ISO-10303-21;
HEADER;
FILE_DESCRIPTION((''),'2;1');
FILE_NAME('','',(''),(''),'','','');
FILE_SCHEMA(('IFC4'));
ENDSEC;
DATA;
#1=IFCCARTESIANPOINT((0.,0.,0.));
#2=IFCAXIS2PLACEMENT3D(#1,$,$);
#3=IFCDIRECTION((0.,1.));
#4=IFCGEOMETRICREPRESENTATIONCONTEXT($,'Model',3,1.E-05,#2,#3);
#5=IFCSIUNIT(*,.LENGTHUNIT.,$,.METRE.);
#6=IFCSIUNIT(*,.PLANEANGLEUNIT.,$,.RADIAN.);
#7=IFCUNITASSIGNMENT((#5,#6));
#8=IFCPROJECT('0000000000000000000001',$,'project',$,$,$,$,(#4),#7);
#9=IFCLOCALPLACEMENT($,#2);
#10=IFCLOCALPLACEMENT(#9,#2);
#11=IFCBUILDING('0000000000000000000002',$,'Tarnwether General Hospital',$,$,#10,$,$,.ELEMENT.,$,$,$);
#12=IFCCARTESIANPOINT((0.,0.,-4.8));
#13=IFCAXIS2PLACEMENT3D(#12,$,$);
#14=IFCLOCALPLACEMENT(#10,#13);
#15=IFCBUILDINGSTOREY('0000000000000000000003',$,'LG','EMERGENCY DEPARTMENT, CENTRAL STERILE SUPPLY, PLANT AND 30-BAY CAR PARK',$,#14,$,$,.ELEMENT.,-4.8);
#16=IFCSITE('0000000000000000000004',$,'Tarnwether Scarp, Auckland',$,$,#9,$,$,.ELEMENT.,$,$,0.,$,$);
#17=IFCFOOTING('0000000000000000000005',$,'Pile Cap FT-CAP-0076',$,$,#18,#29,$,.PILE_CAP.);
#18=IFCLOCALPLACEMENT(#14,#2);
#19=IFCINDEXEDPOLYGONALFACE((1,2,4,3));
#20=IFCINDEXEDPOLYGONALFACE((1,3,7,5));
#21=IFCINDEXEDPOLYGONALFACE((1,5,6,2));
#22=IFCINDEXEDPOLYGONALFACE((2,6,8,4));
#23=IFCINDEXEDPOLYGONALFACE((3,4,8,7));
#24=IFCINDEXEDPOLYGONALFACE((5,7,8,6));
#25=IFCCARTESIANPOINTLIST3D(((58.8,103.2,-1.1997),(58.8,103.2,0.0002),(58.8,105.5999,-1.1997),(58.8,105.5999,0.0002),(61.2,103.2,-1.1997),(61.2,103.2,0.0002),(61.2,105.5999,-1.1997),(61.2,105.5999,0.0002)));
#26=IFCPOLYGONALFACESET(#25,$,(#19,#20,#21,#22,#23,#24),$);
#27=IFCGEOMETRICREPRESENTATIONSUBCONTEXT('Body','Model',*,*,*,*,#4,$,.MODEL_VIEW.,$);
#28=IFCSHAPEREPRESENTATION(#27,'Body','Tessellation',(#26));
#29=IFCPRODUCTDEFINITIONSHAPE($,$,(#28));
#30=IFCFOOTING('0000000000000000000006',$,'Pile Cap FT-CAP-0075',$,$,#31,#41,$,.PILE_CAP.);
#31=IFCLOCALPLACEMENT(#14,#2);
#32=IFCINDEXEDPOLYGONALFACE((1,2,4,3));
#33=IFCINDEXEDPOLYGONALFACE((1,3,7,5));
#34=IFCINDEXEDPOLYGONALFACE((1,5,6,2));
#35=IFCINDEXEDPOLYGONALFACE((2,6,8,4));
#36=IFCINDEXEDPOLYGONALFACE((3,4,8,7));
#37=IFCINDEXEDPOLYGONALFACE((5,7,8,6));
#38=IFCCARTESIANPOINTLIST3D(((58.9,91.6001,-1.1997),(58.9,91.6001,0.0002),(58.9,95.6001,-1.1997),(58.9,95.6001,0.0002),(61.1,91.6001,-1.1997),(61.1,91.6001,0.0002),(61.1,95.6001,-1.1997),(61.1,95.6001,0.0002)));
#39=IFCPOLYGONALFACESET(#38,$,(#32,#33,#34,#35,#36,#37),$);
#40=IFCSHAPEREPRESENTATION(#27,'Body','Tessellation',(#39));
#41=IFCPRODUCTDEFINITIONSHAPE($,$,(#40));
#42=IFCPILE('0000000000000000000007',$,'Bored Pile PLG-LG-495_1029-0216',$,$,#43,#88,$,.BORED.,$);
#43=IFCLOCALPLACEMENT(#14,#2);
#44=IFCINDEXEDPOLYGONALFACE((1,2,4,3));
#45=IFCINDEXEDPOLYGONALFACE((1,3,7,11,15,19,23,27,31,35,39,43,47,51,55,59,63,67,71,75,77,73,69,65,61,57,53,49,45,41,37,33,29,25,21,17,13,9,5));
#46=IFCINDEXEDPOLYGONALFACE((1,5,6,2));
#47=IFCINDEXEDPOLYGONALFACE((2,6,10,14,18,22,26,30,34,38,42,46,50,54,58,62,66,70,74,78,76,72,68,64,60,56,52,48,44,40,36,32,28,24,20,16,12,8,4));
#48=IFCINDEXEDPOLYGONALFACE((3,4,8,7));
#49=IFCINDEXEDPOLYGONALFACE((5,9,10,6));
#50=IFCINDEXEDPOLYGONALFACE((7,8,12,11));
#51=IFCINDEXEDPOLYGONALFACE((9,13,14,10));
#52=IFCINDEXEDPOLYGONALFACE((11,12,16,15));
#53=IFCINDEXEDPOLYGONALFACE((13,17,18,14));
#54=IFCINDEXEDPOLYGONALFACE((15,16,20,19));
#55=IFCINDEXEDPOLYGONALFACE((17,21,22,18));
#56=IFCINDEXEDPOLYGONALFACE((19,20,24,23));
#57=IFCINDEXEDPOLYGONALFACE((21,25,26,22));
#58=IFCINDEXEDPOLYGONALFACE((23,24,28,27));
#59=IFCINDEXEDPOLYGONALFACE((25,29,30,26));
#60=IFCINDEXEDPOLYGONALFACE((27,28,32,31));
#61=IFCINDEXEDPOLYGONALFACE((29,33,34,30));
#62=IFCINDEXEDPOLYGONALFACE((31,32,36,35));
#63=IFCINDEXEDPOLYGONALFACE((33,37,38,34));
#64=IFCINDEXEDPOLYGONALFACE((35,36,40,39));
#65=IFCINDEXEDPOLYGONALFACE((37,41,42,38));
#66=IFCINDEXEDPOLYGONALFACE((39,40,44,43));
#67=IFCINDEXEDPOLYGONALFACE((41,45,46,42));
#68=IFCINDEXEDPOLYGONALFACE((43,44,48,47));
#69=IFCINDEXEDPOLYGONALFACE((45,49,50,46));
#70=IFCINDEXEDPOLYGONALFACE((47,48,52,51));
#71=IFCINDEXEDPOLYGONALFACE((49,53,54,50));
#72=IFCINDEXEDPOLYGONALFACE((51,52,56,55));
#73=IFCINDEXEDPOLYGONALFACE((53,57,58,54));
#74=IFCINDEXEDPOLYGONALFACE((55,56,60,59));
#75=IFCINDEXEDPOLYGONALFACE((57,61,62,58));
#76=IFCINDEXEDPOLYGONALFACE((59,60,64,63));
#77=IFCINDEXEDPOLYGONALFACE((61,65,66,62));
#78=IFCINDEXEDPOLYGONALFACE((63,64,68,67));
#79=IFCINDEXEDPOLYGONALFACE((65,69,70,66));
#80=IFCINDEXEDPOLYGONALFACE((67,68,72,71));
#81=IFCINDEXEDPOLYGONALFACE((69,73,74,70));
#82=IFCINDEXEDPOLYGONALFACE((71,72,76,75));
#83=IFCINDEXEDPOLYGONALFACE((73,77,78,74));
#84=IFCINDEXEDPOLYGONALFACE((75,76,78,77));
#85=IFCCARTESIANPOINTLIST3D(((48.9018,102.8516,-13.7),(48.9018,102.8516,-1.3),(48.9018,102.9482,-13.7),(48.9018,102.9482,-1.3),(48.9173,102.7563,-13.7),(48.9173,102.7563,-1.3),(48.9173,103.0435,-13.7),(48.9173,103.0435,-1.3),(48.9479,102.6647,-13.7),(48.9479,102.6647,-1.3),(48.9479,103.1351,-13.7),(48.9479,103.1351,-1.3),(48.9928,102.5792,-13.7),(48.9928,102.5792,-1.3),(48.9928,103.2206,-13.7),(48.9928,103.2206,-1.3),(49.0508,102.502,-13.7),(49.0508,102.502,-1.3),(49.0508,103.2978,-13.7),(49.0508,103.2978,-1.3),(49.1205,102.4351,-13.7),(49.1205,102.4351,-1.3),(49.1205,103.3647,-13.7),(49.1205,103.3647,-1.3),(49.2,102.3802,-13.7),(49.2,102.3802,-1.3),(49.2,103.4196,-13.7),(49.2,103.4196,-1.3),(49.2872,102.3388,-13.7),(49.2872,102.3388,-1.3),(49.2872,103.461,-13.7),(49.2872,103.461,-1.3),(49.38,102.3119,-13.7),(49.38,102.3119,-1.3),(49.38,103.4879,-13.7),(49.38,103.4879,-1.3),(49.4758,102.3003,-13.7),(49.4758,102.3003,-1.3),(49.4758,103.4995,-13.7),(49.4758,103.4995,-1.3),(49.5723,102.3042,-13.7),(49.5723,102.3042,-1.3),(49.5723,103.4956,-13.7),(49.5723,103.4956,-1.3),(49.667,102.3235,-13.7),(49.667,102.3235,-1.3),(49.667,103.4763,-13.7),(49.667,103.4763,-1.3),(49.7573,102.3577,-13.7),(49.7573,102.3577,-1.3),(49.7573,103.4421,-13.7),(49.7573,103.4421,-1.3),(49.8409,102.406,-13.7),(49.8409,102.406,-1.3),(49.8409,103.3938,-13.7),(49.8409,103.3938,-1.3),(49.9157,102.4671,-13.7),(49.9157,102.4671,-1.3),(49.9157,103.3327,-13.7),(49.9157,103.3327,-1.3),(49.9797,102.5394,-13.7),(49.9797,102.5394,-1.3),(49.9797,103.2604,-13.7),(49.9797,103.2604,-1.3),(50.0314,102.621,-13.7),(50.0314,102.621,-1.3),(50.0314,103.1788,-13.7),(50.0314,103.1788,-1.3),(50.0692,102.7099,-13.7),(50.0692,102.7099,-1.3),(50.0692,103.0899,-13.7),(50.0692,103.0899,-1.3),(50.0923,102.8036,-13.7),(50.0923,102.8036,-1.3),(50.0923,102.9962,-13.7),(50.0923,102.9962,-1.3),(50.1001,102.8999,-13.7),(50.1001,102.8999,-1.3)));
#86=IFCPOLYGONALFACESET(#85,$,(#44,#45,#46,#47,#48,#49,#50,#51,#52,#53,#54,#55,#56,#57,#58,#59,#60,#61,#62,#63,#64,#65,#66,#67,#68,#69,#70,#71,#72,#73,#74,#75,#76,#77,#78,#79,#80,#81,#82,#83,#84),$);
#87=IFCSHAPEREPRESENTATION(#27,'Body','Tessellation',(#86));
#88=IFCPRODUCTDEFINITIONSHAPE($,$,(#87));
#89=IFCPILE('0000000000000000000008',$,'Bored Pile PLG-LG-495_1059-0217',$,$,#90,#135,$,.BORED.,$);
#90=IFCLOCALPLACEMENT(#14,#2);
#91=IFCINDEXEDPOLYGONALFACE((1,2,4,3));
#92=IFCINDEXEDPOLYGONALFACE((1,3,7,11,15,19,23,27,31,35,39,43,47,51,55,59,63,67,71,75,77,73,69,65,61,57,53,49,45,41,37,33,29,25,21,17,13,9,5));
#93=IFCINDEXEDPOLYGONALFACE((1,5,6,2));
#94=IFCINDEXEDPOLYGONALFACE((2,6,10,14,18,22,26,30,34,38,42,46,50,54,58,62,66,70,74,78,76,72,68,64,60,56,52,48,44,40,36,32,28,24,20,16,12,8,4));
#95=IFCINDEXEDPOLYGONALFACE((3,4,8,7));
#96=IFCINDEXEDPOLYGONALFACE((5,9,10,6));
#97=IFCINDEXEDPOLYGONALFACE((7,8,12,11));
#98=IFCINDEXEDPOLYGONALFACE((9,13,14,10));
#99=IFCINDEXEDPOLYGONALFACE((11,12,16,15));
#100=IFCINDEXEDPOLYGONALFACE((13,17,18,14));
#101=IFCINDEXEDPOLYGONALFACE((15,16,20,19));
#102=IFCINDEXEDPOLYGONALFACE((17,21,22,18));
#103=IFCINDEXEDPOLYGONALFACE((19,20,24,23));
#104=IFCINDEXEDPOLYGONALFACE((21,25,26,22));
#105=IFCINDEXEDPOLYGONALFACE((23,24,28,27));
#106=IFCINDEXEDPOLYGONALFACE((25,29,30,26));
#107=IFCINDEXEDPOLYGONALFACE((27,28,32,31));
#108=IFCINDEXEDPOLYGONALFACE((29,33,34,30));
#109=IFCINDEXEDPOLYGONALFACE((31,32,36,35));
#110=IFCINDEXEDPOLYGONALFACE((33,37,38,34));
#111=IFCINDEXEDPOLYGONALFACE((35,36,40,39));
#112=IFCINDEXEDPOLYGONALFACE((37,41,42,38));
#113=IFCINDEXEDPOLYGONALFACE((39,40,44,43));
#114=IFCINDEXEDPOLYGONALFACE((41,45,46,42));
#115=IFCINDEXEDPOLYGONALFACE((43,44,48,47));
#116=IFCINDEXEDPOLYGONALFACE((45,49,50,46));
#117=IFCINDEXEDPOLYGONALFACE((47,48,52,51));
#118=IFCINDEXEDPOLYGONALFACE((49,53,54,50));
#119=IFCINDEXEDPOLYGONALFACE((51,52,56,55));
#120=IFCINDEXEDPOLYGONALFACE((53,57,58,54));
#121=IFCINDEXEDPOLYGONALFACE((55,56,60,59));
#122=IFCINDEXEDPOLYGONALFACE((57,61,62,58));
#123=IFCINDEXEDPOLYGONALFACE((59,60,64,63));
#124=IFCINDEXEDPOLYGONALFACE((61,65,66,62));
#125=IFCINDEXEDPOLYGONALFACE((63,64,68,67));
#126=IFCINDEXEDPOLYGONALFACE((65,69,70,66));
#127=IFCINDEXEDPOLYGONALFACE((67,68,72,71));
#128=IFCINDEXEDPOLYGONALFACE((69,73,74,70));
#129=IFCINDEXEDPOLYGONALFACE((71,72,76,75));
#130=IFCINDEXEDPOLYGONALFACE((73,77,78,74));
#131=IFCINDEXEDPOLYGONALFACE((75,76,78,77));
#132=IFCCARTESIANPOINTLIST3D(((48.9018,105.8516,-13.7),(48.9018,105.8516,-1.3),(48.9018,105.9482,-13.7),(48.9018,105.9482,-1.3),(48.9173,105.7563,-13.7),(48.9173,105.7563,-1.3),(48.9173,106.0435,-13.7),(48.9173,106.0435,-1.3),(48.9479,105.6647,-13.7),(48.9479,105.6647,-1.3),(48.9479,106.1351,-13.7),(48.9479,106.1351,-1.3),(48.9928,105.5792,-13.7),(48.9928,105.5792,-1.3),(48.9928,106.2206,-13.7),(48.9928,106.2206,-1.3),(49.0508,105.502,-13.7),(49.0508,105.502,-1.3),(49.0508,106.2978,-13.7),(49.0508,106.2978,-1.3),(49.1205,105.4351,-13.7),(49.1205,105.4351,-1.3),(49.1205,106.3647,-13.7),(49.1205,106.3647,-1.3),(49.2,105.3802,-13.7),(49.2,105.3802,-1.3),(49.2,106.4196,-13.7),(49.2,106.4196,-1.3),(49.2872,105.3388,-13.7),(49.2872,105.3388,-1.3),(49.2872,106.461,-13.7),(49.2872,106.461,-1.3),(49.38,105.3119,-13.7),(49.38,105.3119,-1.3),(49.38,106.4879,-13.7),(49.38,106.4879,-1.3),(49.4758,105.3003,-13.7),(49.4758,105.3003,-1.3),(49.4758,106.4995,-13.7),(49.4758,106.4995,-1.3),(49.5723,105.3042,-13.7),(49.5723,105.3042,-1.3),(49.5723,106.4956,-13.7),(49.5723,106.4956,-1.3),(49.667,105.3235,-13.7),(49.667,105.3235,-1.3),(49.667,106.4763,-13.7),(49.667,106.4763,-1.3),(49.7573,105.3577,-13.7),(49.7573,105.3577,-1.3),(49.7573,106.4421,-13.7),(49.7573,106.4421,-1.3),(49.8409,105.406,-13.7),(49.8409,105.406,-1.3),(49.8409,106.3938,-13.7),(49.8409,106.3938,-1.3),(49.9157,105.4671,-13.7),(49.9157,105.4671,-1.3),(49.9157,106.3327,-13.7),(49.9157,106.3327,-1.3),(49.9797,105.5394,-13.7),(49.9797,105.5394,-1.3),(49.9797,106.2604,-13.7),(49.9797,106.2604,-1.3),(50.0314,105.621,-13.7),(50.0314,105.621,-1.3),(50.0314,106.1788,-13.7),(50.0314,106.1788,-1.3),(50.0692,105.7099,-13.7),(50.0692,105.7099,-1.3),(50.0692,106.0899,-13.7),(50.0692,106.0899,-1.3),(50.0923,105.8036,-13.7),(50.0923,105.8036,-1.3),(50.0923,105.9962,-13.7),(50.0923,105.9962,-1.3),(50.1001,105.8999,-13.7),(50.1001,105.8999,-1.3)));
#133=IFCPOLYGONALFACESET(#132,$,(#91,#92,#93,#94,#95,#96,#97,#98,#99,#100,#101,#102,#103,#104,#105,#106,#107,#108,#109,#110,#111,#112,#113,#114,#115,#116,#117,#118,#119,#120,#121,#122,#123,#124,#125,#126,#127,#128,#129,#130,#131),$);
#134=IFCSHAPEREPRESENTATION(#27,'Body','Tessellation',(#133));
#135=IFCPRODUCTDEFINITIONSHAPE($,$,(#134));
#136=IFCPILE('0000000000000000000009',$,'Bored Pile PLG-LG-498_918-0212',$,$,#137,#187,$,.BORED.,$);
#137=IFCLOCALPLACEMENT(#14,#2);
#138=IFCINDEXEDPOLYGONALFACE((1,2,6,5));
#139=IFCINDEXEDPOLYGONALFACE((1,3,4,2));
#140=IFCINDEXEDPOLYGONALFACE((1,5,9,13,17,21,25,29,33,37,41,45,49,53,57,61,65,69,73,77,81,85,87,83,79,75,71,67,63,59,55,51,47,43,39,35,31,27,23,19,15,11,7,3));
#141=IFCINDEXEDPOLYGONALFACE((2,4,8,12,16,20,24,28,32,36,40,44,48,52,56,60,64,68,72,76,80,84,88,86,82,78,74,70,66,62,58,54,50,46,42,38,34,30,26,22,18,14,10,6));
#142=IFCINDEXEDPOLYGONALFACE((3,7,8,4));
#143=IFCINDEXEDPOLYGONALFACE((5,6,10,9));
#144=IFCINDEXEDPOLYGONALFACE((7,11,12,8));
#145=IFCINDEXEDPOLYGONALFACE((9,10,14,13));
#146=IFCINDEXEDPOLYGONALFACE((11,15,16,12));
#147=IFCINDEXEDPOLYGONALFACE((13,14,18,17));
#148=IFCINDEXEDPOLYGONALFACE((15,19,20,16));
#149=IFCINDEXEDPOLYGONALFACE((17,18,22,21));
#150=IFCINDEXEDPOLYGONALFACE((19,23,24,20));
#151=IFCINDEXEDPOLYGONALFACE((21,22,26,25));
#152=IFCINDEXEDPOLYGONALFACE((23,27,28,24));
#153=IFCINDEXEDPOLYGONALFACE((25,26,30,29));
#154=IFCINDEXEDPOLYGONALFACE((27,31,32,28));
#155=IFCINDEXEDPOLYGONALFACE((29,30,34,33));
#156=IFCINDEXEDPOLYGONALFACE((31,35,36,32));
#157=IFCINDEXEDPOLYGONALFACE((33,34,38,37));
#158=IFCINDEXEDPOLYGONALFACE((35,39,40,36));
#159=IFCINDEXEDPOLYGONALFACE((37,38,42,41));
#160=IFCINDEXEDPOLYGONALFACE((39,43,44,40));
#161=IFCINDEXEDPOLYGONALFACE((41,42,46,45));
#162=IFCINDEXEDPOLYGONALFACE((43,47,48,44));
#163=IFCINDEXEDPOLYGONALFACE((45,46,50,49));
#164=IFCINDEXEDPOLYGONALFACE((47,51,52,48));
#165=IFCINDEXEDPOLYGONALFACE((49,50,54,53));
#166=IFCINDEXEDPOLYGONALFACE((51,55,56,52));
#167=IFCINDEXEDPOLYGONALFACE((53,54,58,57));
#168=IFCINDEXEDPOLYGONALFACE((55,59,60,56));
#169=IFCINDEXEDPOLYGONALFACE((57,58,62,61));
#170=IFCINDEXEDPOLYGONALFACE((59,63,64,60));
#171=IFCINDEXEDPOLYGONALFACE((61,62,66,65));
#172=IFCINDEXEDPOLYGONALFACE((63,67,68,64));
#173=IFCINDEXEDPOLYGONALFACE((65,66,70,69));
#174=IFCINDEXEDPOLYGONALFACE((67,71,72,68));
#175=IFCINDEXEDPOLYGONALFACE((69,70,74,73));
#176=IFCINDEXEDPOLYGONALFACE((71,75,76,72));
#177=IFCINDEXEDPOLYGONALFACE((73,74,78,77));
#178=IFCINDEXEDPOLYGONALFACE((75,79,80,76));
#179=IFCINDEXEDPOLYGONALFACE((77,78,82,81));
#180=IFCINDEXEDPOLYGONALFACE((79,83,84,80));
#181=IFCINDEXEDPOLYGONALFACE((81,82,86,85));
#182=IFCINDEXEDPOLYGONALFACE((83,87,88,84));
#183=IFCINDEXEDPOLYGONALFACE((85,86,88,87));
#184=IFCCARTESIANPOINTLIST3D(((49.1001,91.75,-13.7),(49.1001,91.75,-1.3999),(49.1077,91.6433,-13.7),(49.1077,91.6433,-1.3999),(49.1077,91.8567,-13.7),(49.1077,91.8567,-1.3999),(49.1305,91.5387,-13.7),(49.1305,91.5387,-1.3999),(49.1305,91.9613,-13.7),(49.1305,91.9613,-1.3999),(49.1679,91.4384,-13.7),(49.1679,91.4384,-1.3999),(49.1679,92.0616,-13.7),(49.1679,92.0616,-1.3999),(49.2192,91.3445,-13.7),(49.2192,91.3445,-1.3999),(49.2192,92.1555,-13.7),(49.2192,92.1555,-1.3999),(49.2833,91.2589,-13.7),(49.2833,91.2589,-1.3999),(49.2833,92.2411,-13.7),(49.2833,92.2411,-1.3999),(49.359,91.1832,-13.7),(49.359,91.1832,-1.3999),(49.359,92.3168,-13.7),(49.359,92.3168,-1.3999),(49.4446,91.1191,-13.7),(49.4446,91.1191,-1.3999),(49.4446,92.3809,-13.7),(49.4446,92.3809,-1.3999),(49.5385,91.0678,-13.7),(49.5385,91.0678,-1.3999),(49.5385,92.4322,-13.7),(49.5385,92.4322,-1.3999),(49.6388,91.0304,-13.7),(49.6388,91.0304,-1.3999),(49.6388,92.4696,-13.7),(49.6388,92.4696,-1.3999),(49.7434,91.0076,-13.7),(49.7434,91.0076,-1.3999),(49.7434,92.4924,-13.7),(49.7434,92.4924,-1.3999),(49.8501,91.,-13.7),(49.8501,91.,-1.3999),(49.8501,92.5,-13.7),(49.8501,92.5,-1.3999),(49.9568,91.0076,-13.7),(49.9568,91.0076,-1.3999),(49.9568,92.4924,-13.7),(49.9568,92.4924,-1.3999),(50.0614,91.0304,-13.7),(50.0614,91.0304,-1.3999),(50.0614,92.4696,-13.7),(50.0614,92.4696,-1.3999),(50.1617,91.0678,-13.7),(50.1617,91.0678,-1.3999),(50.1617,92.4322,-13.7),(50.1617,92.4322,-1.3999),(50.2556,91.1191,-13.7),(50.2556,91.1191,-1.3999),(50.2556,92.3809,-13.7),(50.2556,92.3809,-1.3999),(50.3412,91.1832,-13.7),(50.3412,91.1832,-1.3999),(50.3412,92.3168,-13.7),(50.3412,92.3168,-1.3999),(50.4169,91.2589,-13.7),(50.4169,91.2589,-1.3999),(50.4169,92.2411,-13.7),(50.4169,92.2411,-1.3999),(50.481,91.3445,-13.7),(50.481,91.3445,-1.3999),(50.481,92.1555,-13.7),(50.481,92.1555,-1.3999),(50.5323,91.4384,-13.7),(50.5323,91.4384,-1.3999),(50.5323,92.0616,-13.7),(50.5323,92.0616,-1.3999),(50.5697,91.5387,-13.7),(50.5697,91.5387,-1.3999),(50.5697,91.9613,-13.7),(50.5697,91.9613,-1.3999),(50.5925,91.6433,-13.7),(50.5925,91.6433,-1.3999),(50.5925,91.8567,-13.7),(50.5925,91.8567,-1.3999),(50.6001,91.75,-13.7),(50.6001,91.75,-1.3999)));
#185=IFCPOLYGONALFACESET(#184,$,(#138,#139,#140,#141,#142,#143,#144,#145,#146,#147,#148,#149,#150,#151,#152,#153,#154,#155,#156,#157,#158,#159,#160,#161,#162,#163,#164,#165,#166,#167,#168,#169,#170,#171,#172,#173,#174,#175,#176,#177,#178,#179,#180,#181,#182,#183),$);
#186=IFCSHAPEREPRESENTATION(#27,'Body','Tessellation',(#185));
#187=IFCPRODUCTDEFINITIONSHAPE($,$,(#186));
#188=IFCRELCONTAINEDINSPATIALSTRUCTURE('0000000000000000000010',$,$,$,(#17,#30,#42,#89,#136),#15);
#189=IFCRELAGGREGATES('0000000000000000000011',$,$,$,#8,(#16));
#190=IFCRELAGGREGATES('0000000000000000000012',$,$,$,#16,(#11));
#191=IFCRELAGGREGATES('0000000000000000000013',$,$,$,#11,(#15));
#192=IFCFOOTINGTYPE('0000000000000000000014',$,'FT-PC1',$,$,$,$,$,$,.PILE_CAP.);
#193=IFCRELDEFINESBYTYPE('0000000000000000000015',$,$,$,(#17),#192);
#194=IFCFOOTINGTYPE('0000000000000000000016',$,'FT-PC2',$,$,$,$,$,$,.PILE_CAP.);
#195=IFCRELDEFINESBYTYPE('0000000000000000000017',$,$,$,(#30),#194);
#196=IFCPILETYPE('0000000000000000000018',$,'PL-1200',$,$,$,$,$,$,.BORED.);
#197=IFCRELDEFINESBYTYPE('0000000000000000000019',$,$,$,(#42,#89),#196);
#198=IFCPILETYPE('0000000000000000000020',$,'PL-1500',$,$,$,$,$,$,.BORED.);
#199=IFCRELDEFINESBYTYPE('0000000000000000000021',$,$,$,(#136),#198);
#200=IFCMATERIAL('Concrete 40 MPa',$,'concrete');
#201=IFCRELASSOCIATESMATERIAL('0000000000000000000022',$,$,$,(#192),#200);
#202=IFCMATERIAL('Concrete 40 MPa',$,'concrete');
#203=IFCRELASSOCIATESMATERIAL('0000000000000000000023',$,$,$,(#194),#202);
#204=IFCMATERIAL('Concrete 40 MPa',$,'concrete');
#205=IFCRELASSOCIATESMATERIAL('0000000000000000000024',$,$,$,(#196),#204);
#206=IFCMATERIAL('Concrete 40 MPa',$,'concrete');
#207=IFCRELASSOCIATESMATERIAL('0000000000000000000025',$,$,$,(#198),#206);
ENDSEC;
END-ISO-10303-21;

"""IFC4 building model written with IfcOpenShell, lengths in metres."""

from ifc_helpers import new_model, si_unit, direction, frame, origin, origin_2d, place, context, subcontext, project, spatial, rectangle, circle, extrude, material, material_profile, profile_set, type_object, element, save


model = new_model("IFC4")

# Units and contexts
model_context = context("Model", 3, precision=1e-05, world=origin(), true_north=direction((0.0, 1.0)))
body_context = subcontext(model_context, "Body", "Model", "MODEL_VIEW")
ifc_project = project(units=[si_unit("LENGTHUNIT", "METRE"), si_unit("PLANEANGLEUNIT", "RADIAN")], contexts=[model_context])

# Site, building, storey
site_placement = place(None, origin())
site = spatial("IfcSite", under=ifc_project, at=site_placement, Name="Tarnwether Scarp, Auckland", CompositionType="ELEMENT", RefElevation=0.0)
building_placement = place(site_placement, origin())
building = spatial("IfcBuilding", under=site, at=building_placement, Name="Tarnwether General Hospital", CompositionType="ELEMENT")
storey_placement = place(building_placement, frame((0.0, 0.0, -4.8)))
storey = spatial("IfcBuildingStorey", under=building, at=storey_placement, Name="LG", Description="EMERGENCY DEPARTMENT, CENTRAL STERILE SUPPLY, PLANT AND 30-BAY CAR PARK", CompositionType="ELEMENT", Elevation=-4.8)

# Footings
ifc_material_1 = material(Name="Concrete 40 MPa", Category="concrete")
footing_type_1 = type_object("IfcFootingType", Name="FT-PC1", PredefinedType="PILE_CAP", material=ifc_material_1)
footing_1_placement = place(storey_placement, frame((60.0, 104.3999, -1.1997), z_axis=(0.0, 0.0, 1.0), x_axis=(0.0, 1.0, 0.0)))
element("IfcFooting", 1, at=footing_1_placement, inside=storey, type_object=footing_type_1, Name="Pile Cap FT-CAP-0076", PredefinedType="PILE_CAP", context=body_context, shape_type="SweptSolid", body=[
    extrude(rectangle(XDim=2.3999, YDim=2.3999, at=origin_2d()), origin(), (0.0, 0.0, 1.0), 1.2),
])
ifc_material_2 = material(Name="Concrete 40 MPa", Category="concrete")
footing_type_2 = type_object("IfcFootingType", Name="FT-PC2", PredefinedType="PILE_CAP", material=ifc_material_2)
footing_2_placement = place(storey_placement, frame((60.0, 93.6001, -1.1997), z_axis=(0.0, 0.0, 1.0), x_axis=(0.0, 1.0, 0.0)))
element("IfcFooting", 2, at=footing_2_placement, inside=storey, type_object=footing_type_2, Name="Pile Cap FT-CAP-0075", PredefinedType="PILE_CAP", context=body_context, shape_type="SweptSolid", body=[
    extrude(rectangle(XDim=4.0, YDim=2.2, at=origin_2d()), origin(), (0.0, 0.0, 1.0), 1.2),
])

# Piles
ifc_material_3 = material(Name="Concrete 40 MPa", Category="concrete")
ifc_material_profile_1 = material_profile(ifc_material_3, circle(Radius=0.6001, at=origin_2d()), Name="PILE-D1200")
ifc_profile_set_1 = profile_set([ifc_material_profile_1], Name="Concrete 40 MPa")
pile_type_1 = type_object("IfcPileType", Name="PL-1200", PredefinedType="BORED", material=ifc_profile_set_1)
for number, where, z_axis, x_axis, name in (
    (3, (49.5, 102.8999, -1.3), (0.0, 0.0, -1.0), (1.0, 0.0, 0.0), "Bored Pile PLG-LG-495_1029-0216"),
    (4, (49.5, 105.8999, -1.3), (0.0, 0.0, -1.0), (1.0, 0.0, 0.0), "Bored Pile PLG-LG-495_1059-0217"),
):
    element("IfcPile", number, at=place(storey_placement, frame(where, z_axis=z_axis, x_axis=x_axis)), inside=storey, type_object=pile_type_1, Name=name, PredefinedType="BORED", context=body_context, shape_type="SweptSolid", body=[
        extrude(circle(Radius=0.6001, at=origin_2d()), origin(), (0.0, 0.0, 1.0), 12.3999),
    ])
ifc_material_4 = material(Name="Concrete 40 MPa", Category="concrete")
ifc_material_profile_2 = material_profile(ifc_material_4, circle(Radius=0.75, at=origin_2d()), Name="PILE-D1500")
ifc_profile_set_2 = profile_set([ifc_material_profile_2], Name="Concrete 40 MPa")
pile_type_2 = type_object("IfcPileType", Name="PL-1500", PredefinedType="BORED", material=ifc_profile_set_2)
for number, where, z_axis, x_axis, name in (
    (5, (49.8501, 91.75, -1.3999), (0.0, 0.0, -1.0), (1.0, 0.0, 0.0), "Bored Pile PLG-LG-498_918-0212"),
):
    element("IfcPile", number, at=place(storey_placement, frame(where, z_axis=z_axis, x_axis=x_axis)), inside=storey, type_object=pile_type_2, Name=name, PredefinedType="BORED", context=body_context, shape_type="SweptSolid", body=[
        extrude(circle(Radius=0.75, at=origin_2d()), origin(), (0.0, 0.0, 1.0), 12.3),
    ])

save(model, "model.ifc")
